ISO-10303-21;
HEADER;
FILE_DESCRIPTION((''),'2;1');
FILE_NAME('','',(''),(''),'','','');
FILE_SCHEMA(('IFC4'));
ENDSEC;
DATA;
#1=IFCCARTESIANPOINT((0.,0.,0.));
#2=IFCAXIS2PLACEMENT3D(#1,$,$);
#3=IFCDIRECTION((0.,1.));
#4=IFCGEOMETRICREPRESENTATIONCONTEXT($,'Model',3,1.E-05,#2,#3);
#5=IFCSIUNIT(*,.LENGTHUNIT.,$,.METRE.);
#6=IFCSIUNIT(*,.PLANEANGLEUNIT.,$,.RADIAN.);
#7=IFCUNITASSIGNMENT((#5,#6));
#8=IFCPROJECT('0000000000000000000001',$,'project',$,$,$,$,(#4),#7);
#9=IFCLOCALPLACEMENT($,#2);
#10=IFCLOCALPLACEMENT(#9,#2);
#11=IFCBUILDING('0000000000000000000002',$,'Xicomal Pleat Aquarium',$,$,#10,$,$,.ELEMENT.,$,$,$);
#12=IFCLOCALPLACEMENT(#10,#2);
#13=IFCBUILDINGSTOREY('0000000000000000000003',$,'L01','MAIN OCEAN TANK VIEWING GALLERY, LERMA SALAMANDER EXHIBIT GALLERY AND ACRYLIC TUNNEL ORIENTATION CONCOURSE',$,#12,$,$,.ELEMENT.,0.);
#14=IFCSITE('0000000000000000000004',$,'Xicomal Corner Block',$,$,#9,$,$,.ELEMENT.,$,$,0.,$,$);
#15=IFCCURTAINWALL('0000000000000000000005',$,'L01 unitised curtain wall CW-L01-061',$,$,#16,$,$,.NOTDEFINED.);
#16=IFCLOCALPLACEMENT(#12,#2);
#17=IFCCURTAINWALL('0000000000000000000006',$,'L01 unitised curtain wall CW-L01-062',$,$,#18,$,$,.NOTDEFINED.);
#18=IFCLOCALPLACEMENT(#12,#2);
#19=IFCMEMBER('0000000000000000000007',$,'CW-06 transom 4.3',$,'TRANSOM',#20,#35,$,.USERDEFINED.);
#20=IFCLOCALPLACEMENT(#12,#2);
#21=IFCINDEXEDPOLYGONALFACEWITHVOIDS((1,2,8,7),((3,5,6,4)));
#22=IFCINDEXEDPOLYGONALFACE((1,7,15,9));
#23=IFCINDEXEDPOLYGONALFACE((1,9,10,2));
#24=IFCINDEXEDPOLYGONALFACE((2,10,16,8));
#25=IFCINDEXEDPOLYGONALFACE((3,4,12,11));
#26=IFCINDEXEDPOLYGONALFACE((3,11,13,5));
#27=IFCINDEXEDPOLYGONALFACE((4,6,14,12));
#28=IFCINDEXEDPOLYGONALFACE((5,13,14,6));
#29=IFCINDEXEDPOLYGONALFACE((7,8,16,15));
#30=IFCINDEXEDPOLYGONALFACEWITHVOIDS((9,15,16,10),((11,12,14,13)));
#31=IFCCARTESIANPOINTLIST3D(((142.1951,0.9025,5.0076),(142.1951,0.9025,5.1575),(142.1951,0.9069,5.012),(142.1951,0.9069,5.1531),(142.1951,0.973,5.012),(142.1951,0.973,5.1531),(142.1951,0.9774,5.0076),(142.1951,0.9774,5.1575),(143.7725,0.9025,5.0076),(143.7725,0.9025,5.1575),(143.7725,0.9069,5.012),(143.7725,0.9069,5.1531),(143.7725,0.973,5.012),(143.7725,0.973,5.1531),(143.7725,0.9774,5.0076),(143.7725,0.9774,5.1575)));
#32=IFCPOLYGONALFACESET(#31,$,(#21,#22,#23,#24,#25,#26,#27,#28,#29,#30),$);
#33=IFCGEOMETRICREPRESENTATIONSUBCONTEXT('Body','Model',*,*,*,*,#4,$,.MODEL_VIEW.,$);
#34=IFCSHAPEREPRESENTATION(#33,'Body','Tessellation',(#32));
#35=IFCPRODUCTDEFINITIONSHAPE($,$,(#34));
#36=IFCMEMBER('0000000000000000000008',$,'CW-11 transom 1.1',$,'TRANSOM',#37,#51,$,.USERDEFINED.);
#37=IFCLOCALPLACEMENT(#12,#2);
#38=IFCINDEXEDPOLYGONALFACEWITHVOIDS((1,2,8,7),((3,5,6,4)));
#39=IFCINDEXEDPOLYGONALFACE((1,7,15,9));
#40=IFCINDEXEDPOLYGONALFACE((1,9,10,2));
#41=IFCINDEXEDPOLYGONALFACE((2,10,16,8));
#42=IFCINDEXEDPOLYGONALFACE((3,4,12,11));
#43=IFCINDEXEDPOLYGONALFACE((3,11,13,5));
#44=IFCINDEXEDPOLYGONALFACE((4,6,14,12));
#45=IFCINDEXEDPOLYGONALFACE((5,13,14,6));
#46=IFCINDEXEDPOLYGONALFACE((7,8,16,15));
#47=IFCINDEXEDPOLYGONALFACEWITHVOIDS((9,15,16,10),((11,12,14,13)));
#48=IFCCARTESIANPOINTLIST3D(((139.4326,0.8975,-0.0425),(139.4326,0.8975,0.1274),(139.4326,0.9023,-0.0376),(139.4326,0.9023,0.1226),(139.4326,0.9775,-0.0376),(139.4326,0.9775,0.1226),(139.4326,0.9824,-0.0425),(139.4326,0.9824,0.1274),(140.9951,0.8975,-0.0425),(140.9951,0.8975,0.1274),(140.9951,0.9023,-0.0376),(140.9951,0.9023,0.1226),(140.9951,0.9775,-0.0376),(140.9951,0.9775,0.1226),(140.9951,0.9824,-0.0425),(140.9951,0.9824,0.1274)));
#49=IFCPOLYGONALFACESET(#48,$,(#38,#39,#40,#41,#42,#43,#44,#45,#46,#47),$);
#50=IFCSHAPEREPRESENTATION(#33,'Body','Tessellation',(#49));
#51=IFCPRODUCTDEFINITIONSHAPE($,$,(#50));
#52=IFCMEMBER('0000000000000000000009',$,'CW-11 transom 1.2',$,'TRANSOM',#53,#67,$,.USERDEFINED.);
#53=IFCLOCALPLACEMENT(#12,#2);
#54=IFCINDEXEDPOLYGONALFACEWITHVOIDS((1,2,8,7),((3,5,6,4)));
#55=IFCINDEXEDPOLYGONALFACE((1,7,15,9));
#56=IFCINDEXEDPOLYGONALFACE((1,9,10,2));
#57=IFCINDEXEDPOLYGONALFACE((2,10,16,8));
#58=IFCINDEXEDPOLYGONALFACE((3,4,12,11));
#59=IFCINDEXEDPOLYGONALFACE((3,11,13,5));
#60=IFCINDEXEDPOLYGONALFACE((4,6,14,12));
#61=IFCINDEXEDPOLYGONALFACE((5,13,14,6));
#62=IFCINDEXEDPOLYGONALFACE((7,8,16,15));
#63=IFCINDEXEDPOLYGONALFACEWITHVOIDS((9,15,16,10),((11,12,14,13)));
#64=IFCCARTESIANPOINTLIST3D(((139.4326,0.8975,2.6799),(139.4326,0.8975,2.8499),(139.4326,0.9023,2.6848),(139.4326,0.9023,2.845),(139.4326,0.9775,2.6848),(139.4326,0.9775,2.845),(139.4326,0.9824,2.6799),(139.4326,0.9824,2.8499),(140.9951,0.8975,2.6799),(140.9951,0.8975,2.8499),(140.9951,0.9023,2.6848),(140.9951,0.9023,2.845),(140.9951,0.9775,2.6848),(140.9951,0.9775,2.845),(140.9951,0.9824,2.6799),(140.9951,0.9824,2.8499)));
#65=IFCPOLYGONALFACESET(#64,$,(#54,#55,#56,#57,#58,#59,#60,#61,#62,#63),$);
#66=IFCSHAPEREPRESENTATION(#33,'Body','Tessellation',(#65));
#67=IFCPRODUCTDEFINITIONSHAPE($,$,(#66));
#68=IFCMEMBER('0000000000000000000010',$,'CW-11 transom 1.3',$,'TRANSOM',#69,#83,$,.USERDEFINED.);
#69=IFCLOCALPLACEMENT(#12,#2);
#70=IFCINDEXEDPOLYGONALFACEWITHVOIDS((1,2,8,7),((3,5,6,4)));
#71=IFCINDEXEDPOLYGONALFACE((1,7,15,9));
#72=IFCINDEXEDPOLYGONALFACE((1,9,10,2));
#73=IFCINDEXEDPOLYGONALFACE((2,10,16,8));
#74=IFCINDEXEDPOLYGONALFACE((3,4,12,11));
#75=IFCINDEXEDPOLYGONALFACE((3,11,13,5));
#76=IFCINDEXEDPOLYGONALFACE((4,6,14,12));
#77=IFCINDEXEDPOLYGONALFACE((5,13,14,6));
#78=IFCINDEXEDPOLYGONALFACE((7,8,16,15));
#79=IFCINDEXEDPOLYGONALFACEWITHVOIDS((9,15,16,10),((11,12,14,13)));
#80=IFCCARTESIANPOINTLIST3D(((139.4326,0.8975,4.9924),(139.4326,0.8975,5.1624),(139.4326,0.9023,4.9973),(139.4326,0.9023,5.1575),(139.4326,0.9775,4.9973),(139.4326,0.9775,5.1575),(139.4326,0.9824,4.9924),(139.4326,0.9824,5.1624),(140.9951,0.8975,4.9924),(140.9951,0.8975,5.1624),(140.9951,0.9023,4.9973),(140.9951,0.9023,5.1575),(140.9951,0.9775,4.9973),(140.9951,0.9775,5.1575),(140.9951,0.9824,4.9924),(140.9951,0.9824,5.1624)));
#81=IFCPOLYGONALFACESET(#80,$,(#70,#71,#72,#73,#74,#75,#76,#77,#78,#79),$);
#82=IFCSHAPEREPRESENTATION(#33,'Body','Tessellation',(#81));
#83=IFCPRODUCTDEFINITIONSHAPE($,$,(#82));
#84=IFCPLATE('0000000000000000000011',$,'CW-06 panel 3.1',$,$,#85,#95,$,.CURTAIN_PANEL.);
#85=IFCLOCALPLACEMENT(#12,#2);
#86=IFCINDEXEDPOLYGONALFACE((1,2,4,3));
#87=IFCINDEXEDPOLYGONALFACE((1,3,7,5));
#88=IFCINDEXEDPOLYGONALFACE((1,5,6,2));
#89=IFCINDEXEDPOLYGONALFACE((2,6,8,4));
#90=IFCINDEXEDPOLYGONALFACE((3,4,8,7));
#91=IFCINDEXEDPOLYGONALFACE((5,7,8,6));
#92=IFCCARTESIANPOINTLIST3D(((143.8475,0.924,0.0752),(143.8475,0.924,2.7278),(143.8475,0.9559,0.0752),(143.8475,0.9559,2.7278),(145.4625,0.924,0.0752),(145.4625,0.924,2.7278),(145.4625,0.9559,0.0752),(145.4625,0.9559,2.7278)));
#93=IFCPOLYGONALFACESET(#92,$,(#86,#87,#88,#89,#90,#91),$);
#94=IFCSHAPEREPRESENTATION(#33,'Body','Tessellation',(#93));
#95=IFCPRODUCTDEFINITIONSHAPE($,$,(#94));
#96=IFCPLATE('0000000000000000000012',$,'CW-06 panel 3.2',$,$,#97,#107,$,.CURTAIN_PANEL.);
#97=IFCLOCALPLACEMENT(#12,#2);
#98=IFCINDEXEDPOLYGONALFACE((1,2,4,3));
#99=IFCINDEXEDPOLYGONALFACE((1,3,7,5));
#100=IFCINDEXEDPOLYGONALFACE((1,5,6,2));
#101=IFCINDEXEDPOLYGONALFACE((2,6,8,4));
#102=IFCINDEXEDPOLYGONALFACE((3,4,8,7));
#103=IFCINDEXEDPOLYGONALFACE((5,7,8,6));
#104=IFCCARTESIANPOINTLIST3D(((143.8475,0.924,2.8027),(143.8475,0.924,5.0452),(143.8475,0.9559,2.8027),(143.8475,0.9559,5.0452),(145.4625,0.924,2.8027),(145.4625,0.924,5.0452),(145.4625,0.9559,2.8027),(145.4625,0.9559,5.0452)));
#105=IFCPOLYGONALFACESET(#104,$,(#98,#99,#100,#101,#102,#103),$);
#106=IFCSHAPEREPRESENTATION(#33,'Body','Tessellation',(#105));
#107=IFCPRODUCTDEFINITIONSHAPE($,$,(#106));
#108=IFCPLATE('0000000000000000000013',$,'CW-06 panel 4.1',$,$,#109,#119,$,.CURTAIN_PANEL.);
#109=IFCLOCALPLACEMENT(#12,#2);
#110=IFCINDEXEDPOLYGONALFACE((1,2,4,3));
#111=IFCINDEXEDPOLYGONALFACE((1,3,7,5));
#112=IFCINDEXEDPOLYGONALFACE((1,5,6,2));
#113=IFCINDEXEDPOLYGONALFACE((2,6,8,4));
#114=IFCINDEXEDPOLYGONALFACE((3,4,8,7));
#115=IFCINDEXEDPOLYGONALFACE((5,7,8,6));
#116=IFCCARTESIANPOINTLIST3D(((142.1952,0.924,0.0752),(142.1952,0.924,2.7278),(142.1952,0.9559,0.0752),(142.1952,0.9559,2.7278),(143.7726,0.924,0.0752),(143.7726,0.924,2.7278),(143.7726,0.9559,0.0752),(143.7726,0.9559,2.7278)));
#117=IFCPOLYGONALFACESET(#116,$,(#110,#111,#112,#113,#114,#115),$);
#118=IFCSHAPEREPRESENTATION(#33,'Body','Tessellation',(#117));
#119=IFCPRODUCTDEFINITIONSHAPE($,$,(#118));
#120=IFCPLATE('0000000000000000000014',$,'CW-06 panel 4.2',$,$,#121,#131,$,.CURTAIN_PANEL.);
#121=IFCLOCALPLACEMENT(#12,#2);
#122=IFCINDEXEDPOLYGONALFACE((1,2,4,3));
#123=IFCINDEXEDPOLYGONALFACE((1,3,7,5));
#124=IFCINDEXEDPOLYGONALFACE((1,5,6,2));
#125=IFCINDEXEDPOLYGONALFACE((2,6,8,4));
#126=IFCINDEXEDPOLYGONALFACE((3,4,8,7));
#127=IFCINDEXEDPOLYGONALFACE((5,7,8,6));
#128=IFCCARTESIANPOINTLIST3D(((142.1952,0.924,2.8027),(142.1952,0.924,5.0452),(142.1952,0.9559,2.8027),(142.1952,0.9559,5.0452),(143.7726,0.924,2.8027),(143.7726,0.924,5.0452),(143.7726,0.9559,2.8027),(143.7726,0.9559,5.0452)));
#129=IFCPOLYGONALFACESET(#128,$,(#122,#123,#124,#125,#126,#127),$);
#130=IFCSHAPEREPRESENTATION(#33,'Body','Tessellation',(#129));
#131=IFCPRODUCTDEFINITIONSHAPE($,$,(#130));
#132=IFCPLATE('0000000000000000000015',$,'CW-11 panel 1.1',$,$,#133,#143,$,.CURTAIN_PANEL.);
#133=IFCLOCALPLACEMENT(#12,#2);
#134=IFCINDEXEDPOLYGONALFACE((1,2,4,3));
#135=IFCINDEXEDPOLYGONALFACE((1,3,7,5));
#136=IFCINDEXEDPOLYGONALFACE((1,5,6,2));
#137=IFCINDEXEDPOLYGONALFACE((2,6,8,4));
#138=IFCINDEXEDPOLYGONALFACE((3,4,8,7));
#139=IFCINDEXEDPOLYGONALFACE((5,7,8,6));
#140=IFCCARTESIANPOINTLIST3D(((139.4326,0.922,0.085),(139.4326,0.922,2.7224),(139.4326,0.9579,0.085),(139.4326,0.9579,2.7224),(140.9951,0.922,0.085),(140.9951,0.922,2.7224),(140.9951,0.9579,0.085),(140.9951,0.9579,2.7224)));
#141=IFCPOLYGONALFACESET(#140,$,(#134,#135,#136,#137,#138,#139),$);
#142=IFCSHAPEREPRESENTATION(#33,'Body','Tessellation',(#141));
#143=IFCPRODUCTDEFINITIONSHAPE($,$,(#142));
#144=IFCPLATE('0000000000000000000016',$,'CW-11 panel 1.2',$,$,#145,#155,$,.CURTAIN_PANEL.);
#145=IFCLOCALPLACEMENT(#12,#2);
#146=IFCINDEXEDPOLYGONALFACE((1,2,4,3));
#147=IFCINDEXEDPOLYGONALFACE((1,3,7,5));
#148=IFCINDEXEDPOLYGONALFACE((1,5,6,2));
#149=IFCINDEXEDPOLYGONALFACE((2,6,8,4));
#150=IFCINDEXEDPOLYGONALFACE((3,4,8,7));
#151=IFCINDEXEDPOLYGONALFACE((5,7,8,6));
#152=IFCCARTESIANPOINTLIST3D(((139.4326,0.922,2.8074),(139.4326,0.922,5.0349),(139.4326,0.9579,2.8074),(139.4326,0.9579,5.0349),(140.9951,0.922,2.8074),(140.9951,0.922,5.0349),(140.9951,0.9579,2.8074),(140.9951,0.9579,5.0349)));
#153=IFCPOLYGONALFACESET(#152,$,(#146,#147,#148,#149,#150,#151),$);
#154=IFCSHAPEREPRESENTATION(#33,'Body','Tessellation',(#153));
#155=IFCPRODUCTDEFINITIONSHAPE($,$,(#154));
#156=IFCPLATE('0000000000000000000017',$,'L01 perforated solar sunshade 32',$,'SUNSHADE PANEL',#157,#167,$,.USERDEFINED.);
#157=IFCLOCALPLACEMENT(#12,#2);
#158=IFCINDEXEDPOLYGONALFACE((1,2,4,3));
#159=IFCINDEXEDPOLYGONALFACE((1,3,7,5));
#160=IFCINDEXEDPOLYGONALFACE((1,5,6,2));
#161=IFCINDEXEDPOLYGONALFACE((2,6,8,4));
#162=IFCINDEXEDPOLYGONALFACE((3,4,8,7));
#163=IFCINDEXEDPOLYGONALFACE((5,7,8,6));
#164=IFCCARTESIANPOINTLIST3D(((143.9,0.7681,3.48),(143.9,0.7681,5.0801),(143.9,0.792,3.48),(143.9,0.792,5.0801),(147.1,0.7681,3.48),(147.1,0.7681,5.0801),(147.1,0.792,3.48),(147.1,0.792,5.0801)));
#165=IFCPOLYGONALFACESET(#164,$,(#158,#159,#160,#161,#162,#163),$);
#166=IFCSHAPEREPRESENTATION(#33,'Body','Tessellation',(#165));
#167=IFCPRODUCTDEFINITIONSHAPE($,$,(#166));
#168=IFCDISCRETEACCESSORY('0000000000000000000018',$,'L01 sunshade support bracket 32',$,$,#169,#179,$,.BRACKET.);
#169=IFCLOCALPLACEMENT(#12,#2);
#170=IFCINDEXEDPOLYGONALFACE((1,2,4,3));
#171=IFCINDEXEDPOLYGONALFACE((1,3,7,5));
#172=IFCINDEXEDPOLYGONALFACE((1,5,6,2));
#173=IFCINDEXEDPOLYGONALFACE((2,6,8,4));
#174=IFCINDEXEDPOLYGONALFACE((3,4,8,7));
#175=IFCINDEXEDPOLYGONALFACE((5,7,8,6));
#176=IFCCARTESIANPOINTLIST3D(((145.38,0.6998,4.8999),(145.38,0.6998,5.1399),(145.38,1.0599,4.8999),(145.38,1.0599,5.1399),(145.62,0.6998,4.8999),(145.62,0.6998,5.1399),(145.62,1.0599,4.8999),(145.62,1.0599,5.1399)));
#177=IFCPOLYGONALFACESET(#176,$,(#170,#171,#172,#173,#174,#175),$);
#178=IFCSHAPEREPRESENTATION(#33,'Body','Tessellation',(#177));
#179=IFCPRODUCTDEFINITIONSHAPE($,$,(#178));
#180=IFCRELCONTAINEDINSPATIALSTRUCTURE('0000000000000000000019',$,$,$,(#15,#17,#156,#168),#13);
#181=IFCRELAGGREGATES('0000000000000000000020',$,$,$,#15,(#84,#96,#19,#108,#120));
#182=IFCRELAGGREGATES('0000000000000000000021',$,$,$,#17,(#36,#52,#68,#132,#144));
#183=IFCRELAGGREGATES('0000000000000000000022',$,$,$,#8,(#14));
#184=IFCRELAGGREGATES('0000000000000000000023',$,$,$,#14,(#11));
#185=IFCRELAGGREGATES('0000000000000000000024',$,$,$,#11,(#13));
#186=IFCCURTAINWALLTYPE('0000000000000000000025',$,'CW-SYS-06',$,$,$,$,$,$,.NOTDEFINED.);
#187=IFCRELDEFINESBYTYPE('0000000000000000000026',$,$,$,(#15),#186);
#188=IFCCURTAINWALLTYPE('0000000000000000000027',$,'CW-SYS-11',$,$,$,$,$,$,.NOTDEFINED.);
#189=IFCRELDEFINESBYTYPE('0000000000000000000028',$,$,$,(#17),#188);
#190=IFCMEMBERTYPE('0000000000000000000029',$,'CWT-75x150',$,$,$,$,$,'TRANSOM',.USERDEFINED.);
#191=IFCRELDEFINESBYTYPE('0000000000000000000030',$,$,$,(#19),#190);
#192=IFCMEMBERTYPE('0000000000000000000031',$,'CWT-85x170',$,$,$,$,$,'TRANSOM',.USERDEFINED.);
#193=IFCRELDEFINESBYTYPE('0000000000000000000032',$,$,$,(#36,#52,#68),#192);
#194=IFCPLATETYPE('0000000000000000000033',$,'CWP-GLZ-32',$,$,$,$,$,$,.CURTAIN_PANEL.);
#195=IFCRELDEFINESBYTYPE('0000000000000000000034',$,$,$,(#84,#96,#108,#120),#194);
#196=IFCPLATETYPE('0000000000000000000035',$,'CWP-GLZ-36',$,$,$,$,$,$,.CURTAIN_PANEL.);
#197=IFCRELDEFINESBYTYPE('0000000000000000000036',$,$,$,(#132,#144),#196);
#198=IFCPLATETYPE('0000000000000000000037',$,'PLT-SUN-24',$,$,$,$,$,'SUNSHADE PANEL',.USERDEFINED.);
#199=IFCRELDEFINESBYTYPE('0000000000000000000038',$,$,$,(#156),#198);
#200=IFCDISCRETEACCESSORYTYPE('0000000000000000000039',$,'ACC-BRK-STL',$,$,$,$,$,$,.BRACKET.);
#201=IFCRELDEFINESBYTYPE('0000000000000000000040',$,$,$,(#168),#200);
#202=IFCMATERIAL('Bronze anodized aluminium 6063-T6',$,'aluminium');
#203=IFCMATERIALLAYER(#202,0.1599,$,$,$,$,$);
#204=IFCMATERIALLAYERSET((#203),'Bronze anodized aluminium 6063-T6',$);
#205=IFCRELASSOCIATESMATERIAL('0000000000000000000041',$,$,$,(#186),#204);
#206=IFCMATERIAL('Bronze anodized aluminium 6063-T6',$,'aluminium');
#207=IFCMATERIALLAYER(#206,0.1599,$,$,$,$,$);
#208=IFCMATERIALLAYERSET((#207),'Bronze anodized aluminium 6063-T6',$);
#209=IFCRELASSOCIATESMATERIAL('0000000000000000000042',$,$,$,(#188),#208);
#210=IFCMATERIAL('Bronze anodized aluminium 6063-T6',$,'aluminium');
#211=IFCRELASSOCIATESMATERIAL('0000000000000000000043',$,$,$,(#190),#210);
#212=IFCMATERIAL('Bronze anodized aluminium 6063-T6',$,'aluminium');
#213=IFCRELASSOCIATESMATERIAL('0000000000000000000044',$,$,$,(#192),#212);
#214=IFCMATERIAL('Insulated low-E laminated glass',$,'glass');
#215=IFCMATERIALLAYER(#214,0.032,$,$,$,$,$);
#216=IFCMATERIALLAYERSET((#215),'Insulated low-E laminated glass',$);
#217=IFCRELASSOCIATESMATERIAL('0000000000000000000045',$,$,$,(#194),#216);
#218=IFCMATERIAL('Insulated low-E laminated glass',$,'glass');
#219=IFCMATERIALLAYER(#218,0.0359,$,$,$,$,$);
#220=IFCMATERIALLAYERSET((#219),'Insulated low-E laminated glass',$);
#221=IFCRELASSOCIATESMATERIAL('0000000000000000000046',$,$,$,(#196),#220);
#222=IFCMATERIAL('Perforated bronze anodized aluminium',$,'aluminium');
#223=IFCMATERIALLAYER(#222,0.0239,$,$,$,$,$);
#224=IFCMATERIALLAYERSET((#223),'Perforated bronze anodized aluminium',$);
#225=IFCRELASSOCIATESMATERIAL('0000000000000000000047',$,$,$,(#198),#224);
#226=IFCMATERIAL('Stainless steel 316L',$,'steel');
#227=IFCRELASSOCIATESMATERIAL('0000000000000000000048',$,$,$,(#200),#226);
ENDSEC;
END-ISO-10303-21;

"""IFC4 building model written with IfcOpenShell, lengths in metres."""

from ifc_helpers import new_model, si_unit, direction, frame, origin, origin_2d, place, context, subcontext, project, spatial, rectangle, hollow_rectangle, extrude, material, layer, layer_set, material_profile, profile_set, type_object, element, aggregate, save


model = new_model("IFC4")

# Units and contexts
model_context = context("Model", 3, precision=1e-05, world=origin(), true_north=direction((0.0, 1.0)))
body_context = subcontext(model_context, "Body", "Model", "MODEL_VIEW")
ifc_project = project(units=[si_unit("LENGTHUNIT", "METRE"), si_unit("PLANEANGLEUNIT", "RADIAN")], contexts=[model_context])

# Site, building, storey
site_placement = place(None, origin())
site = spatial("IfcSite", under=ifc_project, at=site_placement, Name="Xicomal Corner Block", CompositionType="ELEMENT", RefElevation=0.0)
building_placement = place(site_placement, origin())
building = spatial("IfcBuilding", under=site, at=building_placement, Name="Xicomal Pleat Aquarium", CompositionType="ELEMENT")
storey_placement = place(building_placement, origin())
storey = spatial("IfcBuildingStorey", under=building, at=storey_placement, Name="L01", Description="MAIN OCEAN TANK VIEWING GALLERY, LERMA SALAMANDER EXHIBIT GALLERY AND ACRYLIC TUNNEL ORIENTATION CONCOURSE", CompositionType="ELEMENT", Elevation=0.0)

# Curtain walls
ifc_material_1 = material(Name="Bronze anodized aluminium 6063-T6", Category="aluminium")
ifc_layer_1 = layer(ifc_material_1, 0.1599)
ifc_layer_set_1 = layer_set([ifc_layer_1], Name="Bronze anodized aluminium 6063-T6")
curtain_wall_type_1 = type_object("IfcCurtainWallType", Name="CW-SYS-06", PredefinedType="NOTDEFINED", material=ifc_layer_set_1)
curtain_wall_1_placement = place(storey_placement, origin())
curtain_wall_1 = element("IfcCurtainWall", 1, at=curtain_wall_1_placement, inside=storey, type_object=curtain_wall_type_1, Name="L01 unitised curtain wall CW-L01-061", PredefinedType="NOTDEFINED")
ifc_material_2 = material(Name="Bronze anodized aluminium 6063-T6", Category="aluminium")
ifc_layer_2 = layer(ifc_material_2, 0.1599)
ifc_layer_set_2 = layer_set([ifc_layer_2], Name="Bronze anodized aluminium 6063-T6")
curtain_wall_type_2 = type_object("IfcCurtainWallType", Name="CW-SYS-11", PredefinedType="NOTDEFINED", material=ifc_layer_set_2)
curtain_wall_2_placement = place(storey_placement, origin())
curtain_wall_2 = element("IfcCurtainWall", 2, at=curtain_wall_2_placement, inside=storey, type_object=curtain_wall_type_2, Name="L01 unitised curtain wall CW-L01-062", PredefinedType="NOTDEFINED")

# Members
ifc_material_3 = material(Name="Bronze anodized aluminium 6063-T6", Category="aluminium")
ifc_material_profile_1 = material_profile(ifc_material_3, hollow_rectangle(XDim=0.075, YDim=0.1499, WallThickness=0.0044, at=origin_2d()), Name="ALU TRAN 75x150")
ifc_profile_set_1 = profile_set([ifc_material_profile_1], Name="Bronze anodized aluminium 6063-T6")
member_type_1 = type_object("IfcMemberType", Name="CWT-75x150", ElementType="TRANSOM", PredefinedType="USERDEFINED", material=ifc_profile_set_1)
member_1_placement = place(storey_placement, frame((143.7725, 0.9399, 5.0825), z_axis=(-1.0, 0.0, 0.0), x_axis=(0.0, -1.0, 0.0)))
member_1 = element("IfcMember", 3, at=member_1_placement, type_object=member_type_1, Name="CW-06 transom 4.3", ObjectType="TRANSOM", PredefinedType="USERDEFINED", context=body_context, shape_type="SweptSolid", body=[
    extrude(hollow_rectangle(XDim=0.075, YDim=0.1499, WallThickness=0.0044, at=origin_2d()), origin(), (0.0, 0.0, 1.0), 1.5774),
])
ifc_material_4 = material(Name="Bronze anodized aluminium 6063-T6", Category="aluminium")
ifc_material_profile_2 = material_profile(ifc_material_4, hollow_rectangle(XDim=0.085, YDim=0.1699, WallThickness=0.0049, at=origin_2d()), Name="ALU TRAN 85x170")
ifc_profile_set_2 = profile_set([ifc_material_profile_2], Name="Bronze anodized aluminium 6063-T6")
member_type_2 = type_object("IfcMemberType", Name="CWT-85x170", ElementType="TRANSOM", PredefinedType="USERDEFINED", material=ifc_profile_set_2)
member_2_placement = place(storey_placement, frame((140.9951, 0.9399, 0.0425), z_axis=(-1.0, 0.0, 0.0), x_axis=(0.0, -1.0, 0.0)))
member_2 = element("IfcMember", 4, at=member_2_placement, type_object=member_type_2, Name="CW-11 transom 1.1", ObjectType="TRANSOM", PredefinedType="USERDEFINED", context=body_context, shape_type="SweptSolid", body=[
    extrude(hollow_rectangle(XDim=0.085, YDim=0.1699, WallThickness=0.0049, at=origin_2d()), origin(), (0.0, 0.0, 1.0), 1.5625),
])
member_3_placement = place(storey_placement, frame((140.9951, 0.9399, 2.7649), z_axis=(-1.0, 0.0, 0.0), x_axis=(0.0, -1.0, 0.0)))
member_3 = element("IfcMember", 5, at=member_3_placement, type_object=member_type_2, Name="CW-11 transom 1.2", ObjectType="TRANSOM", PredefinedType="USERDEFINED", context=body_context, shape_type="SweptSolid", body=[
    extrude(hollow_rectangle(XDim=0.085, YDim=0.1699, WallThickness=0.0049, at=origin_2d()), origin(), (0.0, 0.0, 1.0), 1.5625),
])
member_4_placement = place(storey_placement, frame((140.9951, 0.9399, 5.0774), z_axis=(-1.0, 0.0, 0.0), x_axis=(0.0, -1.0, 0.0)))
member_4 = element("IfcMember", 6, at=member_4_placement, type_object=member_type_2, Name="CW-11 transom 1.3", ObjectType="TRANSOM", PredefinedType="USERDEFINED", context=body_context, shape_type="SweptSolid", body=[
    extrude(hollow_rectangle(XDim=0.085, YDim=0.1699, WallThickness=0.0049, at=origin_2d()), origin(), (0.0, 0.0, 1.0), 1.5625),
])

# Plates
ifc_material_5 = material(Name="Insulated low-E laminated glass", Category="glass")
ifc_layer_3 = layer(ifc_material_5, 0.032)
ifc_layer_set_3 = layer_set([ifc_layer_3], Name="Insulated low-E laminated glass")
plate_type_1 = type_object("IfcPlateType", Name="CWP-GLZ-32", PredefinedType="CURTAIN_PANEL", material=ifc_layer_set_3)
plate_1_placement = place(storey_placement, frame((144.655, 0.9399, 0.0752), z_axis=(0.0, 0.0, 1.0), x_axis=(-1.0, 0.0, 0.0)))
plate_1 = element("IfcPlate", 7, at=plate_1_placement, type_object=plate_type_1, Name="CW-06 panel 3.1", PredefinedType="CURTAIN_PANEL", context=body_context, shape_type="SweptSolid", body=[
    extrude(rectangle(XDim=1.615, YDim=0.032, at=origin_2d()), origin(), (0.0, 0.0, 1.0), 2.6526),
])
plate_2_placement = place(storey_placement, frame((144.655, 0.9399, 2.8027), z_axis=(0.0, 0.0, 1.0), x_axis=(-1.0, 0.0, 0.0)))
plate_2 = element("IfcPlate", 8, at=plate_2_placement, type_object=plate_type_1, Name="CW-06 panel 3.2", PredefinedType="CURTAIN_PANEL", context=body_context, shape_type="SweptSolid", body=[
    extrude(rectangle(XDim=1.615, YDim=0.032, at=origin_2d()), origin(), (0.0, 0.0, 1.0), 2.2424),
])
plate_3_placement = place(storey_placement, frame((142.9839, 0.9399, 0.0752), z_axis=(0.0, 0.0, 1.0), x_axis=(-1.0, 0.0, 0.0)))
plate_3 = element("IfcPlate", 9, at=plate_3_placement, type_object=plate_type_1, Name="CW-06 panel 4.1", PredefinedType="CURTAIN_PANEL", context=body_context, shape_type="SweptSolid", body=[
    extrude(rectangle(XDim=1.5774, YDim=0.032, at=origin_2d()), origin(), (0.0, 0.0, 1.0), 2.6526),
])
plate_4_placement = place(storey_placement, frame((142.9839, 0.9399, 2.8027), z_axis=(0.0, 0.0, 1.0), x_axis=(-1.0, 0.0, 0.0)))
plate_4 = element("IfcPlate", 10, at=plate_4_placement, type_object=plate_type_1, Name="CW-06 panel 4.2", PredefinedType="CURTAIN_PANEL", context=body_context, shape_type="SweptSolid", body=[
    extrude(rectangle(XDim=1.5774, YDim=0.032, at=origin_2d()), origin(), (0.0, 0.0, 1.0), 2.2424),
])
aggregate(curtain_wall_1, [plate_1, plate_2, member_1, plate_3, plate_4])
ifc_material_6 = material(Name="Insulated low-E laminated glass", Category="glass")
ifc_layer_4 = layer(ifc_material_6, 0.0359)
ifc_layer_set_4 = layer_set([ifc_layer_4], Name="Insulated low-E laminated glass")
plate_type_2 = type_object("IfcPlateType", Name="CWP-GLZ-36", PredefinedType="CURTAIN_PANEL", material=ifc_layer_set_4)
plate_5_placement = place(storey_placement, frame((140.2139, 0.9399, 0.085), z_axis=(0.0, 0.0, 1.0), x_axis=(-1.0, 0.0, 0.0)))
plate_5 = element("IfcPlate", 11, at=plate_5_placement, type_object=plate_type_2, Name="CW-11 panel 1.1", PredefinedType="CURTAIN_PANEL", context=body_context, shape_type="SweptSolid", body=[
    extrude(rectangle(XDim=1.5625, YDim=0.0359, at=origin_2d()), origin(), (0.0, 0.0, 1.0), 2.6375),
])
plate_6_placement = place(storey_placement, frame((140.2139, 0.9399, 2.8074), z_axis=(0.0, 0.0, 1.0), x_axis=(-1.0, 0.0, 0.0)))
plate_6 = element("IfcPlate", 12, at=plate_6_placement, type_object=plate_type_2, Name="CW-11 panel 1.2", PredefinedType="CURTAIN_PANEL", context=body_context, shape_type="SweptSolid", body=[
    extrude(rectangle(XDim=1.5625, YDim=0.0359, at=origin_2d()), origin(), (0.0, 0.0, 1.0), 2.2275),
])
aggregate(curtain_wall_2, [member_2, member_3, member_4, plate_5, plate_6])
ifc_material_7 = material(Name="Perforated bronze anodized aluminium", Category="aluminium")
ifc_layer_5 = layer(ifc_material_7, 0.0239)
ifc_layer_set_5 = layer_set([ifc_layer_5], Name="Perforated bronze anodized aluminium")
plate_type_3 = type_object("IfcPlateType", Name="PLT-SUN-24", ElementType="SUNSHADE PANEL", PredefinedType="USERDEFINED", material=ifc_layer_set_5)
plate_7_placement = place(storey_placement, frame((145.5, 0.78, 3.48), z_axis=(0.0, 0.0, 1.0), x_axis=(-1.0, 0.0, 0.0)))
element("IfcPlate", 13, at=plate_7_placement, inside=storey, type_object=plate_type_3, Name="L01 perforated solar sunshade 32", ObjectType="SUNSHADE PANEL", PredefinedType="USERDEFINED", context=body_context, shape_type="SweptSolid", body=[
    extrude(rectangle(XDim=3.2, YDim=0.0239, at=origin_2d()), origin(), (0.0, 0.0, 1.0), 1.6001),
])

# Discrete accessory
ifc_material_8 = material(Name="Stainless steel 316L", Category="steel")
discrete_accessory_type = type_object("IfcDiscreteAccessoryType", Name="ACC-BRK-STL", PredefinedType="BRACKET", material=ifc_material_8)
discrete_accessory_placement = place(storey_placement, frame((145.5, 0.8799, 4.8999), z_axis=(0.0, 0.0, 1.0), x_axis=(-1.0, 0.0, 0.0)))
element("IfcDiscreteAccessory", 14, at=discrete_accessory_placement, inside=storey, type_object=discrete_accessory_type, Name="L01 sunshade support bracket 32", PredefinedType="BRACKET", context=body_context, shape_type="SweptSolid", body=[
    extrude(rectangle(XDim=0.24, YDim=0.3601, at=origin_2d()), origin(), (0.0, 0.0, 1.0), 0.24),
])

save(model, "model.ifc")
